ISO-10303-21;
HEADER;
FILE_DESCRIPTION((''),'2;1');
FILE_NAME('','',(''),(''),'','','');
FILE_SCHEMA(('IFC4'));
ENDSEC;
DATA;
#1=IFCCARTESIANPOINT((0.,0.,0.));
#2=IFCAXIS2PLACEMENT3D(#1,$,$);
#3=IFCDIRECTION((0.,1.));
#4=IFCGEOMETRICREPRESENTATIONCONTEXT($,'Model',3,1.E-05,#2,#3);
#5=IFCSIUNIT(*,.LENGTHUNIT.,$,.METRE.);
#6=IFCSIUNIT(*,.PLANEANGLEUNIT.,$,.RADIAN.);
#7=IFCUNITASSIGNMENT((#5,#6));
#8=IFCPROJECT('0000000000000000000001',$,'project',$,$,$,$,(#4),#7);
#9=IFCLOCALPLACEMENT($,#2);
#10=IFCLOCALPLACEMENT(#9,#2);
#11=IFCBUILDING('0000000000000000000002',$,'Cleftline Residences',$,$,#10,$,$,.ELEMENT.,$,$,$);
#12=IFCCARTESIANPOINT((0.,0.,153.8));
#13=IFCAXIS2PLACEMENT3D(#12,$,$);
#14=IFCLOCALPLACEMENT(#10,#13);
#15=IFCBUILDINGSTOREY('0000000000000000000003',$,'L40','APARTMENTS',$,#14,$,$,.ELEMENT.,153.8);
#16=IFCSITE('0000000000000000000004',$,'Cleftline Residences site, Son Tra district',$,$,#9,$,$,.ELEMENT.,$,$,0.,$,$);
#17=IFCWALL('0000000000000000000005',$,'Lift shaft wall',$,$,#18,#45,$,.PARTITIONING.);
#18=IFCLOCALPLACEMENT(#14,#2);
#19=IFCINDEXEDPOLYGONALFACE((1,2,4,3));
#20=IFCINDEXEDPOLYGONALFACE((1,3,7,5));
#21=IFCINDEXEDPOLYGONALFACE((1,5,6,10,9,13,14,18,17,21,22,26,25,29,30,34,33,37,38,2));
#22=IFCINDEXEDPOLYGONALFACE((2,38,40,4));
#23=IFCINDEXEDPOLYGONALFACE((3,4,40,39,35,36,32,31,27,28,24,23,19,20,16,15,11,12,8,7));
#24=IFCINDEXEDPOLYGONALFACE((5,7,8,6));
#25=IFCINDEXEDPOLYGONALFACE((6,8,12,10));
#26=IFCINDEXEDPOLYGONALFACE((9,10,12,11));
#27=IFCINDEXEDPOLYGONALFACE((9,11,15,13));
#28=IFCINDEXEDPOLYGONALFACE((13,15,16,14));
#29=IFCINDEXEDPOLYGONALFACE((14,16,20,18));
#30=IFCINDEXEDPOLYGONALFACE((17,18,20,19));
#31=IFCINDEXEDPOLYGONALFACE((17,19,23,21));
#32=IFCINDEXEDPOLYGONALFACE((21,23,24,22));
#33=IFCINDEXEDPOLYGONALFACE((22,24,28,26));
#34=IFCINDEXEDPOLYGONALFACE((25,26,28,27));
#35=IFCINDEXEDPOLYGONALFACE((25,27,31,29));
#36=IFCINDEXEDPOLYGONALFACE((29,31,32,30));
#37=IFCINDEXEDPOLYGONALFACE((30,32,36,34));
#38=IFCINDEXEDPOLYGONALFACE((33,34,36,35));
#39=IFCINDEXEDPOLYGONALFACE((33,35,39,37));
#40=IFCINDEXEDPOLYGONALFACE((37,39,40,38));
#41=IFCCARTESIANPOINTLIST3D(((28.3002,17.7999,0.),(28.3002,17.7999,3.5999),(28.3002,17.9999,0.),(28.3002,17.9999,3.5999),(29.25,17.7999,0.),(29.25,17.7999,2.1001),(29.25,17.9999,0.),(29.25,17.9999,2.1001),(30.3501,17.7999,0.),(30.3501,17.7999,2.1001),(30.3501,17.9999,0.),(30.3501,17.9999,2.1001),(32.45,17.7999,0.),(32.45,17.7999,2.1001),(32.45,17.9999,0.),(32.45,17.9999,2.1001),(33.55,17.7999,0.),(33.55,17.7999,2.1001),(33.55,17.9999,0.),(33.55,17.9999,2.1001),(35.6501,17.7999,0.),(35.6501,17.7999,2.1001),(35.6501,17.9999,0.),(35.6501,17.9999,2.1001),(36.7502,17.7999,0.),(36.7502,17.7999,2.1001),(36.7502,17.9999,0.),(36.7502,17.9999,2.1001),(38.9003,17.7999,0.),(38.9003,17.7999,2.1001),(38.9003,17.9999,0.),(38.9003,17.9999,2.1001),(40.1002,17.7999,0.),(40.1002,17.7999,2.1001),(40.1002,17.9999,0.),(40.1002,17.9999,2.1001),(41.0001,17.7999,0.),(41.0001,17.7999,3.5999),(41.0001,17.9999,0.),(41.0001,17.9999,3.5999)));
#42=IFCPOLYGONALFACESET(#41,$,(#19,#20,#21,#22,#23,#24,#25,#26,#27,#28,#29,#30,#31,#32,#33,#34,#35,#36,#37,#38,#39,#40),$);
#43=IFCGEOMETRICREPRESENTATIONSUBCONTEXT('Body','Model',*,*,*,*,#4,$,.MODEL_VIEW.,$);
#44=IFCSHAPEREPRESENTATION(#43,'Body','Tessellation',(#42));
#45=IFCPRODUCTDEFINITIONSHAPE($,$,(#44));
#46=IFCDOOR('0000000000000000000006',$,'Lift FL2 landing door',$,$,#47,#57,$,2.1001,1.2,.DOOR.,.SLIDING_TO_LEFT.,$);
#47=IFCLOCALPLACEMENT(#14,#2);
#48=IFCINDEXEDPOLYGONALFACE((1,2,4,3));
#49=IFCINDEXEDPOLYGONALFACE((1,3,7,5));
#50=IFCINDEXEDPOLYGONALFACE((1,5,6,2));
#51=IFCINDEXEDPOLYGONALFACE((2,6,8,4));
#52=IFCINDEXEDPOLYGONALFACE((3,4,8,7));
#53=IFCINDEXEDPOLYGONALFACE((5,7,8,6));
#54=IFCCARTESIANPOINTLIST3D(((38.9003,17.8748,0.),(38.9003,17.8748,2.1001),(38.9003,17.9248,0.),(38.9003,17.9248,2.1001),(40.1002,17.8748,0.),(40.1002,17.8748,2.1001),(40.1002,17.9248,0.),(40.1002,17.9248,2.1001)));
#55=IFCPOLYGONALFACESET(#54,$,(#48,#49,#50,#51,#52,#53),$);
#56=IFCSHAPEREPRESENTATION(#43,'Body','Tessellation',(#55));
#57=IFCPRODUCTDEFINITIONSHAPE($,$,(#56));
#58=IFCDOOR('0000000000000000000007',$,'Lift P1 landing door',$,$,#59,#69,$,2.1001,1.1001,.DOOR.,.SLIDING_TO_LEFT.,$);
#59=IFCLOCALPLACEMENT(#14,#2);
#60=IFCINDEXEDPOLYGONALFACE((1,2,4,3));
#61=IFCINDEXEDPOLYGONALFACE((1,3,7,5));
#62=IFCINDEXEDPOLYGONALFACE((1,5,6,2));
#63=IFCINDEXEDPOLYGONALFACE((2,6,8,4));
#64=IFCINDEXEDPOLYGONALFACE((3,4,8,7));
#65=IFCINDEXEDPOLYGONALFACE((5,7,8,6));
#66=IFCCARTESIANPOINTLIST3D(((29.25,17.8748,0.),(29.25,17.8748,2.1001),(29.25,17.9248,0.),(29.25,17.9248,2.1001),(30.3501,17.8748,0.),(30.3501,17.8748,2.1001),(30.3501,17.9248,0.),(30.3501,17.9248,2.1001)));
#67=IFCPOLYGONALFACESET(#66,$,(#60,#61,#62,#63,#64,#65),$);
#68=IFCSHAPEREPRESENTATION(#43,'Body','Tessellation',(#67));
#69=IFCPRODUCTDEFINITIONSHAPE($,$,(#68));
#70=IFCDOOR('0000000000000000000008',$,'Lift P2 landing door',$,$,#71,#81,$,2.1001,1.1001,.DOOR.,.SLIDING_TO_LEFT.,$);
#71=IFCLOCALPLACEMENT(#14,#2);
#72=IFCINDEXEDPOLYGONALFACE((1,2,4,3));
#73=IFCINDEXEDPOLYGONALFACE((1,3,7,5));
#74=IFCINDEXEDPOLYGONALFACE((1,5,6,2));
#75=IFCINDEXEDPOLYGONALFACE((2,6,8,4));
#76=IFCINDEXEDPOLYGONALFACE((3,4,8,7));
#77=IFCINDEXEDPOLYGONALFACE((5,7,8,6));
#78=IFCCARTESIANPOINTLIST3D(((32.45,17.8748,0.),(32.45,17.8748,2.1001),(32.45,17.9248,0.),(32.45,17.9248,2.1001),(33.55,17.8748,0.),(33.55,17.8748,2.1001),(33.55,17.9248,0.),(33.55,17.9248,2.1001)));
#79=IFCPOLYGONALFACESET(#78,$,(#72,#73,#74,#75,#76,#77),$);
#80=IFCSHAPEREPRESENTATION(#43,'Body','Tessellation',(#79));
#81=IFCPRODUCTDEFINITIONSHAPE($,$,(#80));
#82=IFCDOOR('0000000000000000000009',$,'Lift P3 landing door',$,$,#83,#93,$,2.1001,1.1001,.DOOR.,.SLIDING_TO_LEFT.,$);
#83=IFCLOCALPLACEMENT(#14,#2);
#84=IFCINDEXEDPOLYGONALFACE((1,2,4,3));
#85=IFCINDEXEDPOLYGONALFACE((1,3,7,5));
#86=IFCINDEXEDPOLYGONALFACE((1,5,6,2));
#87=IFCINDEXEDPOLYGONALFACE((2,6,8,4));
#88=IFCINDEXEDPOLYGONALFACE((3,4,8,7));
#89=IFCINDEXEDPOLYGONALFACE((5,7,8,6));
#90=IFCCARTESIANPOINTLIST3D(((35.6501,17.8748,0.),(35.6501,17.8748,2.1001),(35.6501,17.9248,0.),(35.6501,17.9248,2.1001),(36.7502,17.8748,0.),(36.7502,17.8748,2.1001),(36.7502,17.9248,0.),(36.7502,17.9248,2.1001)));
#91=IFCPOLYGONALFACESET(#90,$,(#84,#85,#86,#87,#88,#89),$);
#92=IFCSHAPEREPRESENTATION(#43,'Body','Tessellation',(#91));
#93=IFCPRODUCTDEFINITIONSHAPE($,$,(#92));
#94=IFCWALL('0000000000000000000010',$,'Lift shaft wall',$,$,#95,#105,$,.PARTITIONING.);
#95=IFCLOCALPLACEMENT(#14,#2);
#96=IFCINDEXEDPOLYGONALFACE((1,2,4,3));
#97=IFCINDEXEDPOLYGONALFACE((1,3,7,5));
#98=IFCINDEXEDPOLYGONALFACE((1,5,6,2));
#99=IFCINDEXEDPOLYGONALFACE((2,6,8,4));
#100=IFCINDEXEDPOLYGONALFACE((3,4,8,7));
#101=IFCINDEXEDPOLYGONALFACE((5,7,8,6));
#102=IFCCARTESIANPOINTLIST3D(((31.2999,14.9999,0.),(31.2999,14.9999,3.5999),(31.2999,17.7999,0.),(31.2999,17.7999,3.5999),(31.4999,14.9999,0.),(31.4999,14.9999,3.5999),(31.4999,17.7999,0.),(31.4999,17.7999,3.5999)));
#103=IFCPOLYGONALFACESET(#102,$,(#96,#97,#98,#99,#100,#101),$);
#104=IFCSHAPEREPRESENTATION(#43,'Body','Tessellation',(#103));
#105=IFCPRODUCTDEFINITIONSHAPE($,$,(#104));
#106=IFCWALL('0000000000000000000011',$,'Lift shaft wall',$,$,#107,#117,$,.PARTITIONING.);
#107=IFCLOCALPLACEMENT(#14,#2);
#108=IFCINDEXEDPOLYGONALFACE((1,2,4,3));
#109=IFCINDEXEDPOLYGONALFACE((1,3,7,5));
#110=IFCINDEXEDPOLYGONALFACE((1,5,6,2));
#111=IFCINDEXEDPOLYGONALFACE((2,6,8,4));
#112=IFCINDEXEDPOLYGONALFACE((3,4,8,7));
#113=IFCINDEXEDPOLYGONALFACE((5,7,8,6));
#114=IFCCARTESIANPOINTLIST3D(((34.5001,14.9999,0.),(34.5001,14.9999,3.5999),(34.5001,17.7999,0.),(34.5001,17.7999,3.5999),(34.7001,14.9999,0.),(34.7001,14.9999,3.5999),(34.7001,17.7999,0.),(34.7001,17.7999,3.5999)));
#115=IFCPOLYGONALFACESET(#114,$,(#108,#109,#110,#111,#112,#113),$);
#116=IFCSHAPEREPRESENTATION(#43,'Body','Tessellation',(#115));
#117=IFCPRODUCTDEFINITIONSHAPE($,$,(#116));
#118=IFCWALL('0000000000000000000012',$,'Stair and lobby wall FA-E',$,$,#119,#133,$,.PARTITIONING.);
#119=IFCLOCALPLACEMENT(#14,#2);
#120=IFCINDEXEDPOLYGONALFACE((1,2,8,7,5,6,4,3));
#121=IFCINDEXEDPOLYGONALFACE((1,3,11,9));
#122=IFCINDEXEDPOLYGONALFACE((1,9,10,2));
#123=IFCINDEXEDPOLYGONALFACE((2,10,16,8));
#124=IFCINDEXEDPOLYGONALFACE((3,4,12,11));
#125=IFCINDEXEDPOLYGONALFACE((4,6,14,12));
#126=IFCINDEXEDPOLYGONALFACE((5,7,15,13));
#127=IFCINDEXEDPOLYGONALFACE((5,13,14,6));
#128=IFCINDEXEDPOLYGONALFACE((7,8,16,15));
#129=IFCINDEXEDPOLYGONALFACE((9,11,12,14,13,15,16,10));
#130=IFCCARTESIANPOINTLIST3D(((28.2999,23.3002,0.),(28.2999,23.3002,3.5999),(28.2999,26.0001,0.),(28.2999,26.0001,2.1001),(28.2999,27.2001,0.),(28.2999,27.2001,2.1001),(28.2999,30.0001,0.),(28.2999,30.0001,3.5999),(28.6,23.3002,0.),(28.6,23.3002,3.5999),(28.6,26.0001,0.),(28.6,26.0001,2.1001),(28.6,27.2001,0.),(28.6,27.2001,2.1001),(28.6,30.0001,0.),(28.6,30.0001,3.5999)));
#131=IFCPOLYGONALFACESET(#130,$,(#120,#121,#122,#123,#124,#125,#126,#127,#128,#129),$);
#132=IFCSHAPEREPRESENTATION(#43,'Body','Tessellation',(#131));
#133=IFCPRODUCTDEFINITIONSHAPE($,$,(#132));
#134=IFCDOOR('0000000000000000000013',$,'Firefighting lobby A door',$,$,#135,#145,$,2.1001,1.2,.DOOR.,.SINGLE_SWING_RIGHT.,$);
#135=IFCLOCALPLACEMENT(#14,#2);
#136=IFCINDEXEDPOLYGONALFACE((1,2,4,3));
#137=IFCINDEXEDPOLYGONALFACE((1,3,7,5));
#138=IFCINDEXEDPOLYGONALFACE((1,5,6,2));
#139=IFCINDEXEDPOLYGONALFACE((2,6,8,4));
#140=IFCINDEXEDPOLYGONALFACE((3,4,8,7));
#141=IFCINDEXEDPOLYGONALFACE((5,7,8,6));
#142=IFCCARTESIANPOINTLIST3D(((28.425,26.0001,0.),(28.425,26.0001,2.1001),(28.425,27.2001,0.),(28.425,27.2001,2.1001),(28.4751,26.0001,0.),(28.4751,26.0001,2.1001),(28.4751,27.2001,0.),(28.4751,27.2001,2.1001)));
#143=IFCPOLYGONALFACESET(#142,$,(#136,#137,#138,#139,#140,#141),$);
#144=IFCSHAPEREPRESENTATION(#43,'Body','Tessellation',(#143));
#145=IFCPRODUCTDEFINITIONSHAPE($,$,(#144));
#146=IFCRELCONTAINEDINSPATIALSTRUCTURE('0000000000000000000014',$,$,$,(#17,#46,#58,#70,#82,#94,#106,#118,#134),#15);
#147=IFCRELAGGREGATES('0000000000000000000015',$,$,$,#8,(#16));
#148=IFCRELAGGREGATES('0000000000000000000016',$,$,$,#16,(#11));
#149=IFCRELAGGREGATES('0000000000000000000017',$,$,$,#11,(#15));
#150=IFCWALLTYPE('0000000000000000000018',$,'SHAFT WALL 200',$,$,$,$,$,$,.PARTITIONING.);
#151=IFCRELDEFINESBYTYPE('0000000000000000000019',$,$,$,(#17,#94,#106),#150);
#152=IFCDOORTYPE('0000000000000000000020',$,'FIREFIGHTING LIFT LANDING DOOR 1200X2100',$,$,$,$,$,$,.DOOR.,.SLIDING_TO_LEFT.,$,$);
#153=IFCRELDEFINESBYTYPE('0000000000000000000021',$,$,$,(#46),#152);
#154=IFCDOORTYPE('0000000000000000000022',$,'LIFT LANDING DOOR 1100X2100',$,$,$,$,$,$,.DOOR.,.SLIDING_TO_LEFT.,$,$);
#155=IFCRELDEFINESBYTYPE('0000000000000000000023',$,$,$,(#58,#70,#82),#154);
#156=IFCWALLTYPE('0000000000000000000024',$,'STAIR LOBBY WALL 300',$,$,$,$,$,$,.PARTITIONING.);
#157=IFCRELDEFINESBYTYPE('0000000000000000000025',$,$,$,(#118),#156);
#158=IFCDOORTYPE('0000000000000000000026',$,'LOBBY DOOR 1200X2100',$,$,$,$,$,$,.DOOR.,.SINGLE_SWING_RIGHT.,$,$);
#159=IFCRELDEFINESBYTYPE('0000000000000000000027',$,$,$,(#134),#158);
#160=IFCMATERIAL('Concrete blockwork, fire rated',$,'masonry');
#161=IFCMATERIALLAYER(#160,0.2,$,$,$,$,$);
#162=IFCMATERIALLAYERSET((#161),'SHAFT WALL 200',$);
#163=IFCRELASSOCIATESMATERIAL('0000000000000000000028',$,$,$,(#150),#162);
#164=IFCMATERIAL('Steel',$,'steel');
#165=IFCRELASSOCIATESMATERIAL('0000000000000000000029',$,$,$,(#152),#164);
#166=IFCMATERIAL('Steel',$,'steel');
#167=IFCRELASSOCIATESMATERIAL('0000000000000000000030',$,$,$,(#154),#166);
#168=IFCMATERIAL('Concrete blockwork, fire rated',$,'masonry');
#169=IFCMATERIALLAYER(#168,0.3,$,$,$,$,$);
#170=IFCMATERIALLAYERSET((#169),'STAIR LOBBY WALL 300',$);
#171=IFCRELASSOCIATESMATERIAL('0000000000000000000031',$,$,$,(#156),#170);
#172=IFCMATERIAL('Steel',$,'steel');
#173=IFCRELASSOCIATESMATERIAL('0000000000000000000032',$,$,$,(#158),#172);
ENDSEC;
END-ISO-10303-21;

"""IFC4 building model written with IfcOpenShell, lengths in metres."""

from ifc_helpers import new_model, si_unit, direction, frame, frame_2d, origin, place, context, subcontext, project, spatial, rectangle, extrude, material, layer, layer_set, type_object, element, fill, save


model = new_model("IFC4")

# Units and contexts
model_context = context("Model", 3, precision=1e-05, world=origin(), true_north=direction((0.0, 1.0)))
body_context = subcontext(model_context, "Body", "Model", "MODEL_VIEW")
ifc_project = project(units=[si_unit("LENGTHUNIT", "METRE"), si_unit("PLANEANGLEUNIT", "RADIAN")], contexts=[model_context])

# Site, building, storey
site_placement = place(None, origin())
site = spatial("IfcSite", under=ifc_project, at=site_placement, Name="Cleftline Residences site, Son Tra district", CompositionType="ELEMENT", RefElevation=0.0)
building_placement = place(site_placement, origin())
building = spatial("IfcBuilding", under=site, at=building_placement, Name="Cleftline Residences", CompositionType="ELEMENT")
storey_placement = place(building_placement, frame((0.0, 0.0, 153.8)))
storey = spatial("IfcBuildingStorey", under=building, at=storey_placement, Name="L40", Description="APARTMENTS", CompositionType="ELEMENT", Elevation=153.8)

# Wall, openings, doors
ifc_material_1 = material(Name="Concrete blockwork, fire rated", Category="masonry")
ifc_layer_1 = layer(ifc_material_1, 0.2)
ifc_layer_set_1 = layer_set([ifc_layer_1], Name="SHAFT WALL 200")
wall_type_1 = type_object("IfcWallType", Name="SHAFT WALL 200", PredefinedType="PARTITIONING", material=ifc_layer_set_1)
wall_1_placement = place(storey_placement, frame((28.3, 17.8999, 0.0), z_axis=(0.0, 0.0, 1.0), x_axis=(1.0, 0.0, 0.0)))
wall_1 = element("IfcWall", 1, at=wall_1_placement, inside=storey, type_object=wall_type_1, Name="Lift shaft wall", PredefinedType="PARTITIONING", context=body_context, shape_type="SweptSolid", body=[
    extrude(rectangle(XDim=12.7, YDim=0.2, at=frame_2d((6.3501, 0.0))), origin(), (0.0, 0.0, 1.0), 3.5999),
])
opening_1_placement = place(wall_1_placement, frame((0.95, 0.0, 0.0)))
opening_1 = element("IfcOpeningElement", 2, at=opening_1_placement, cuts=wall_1, PredefinedType="OPENING", context=body_context, shape_type="SweptSolid", body=[
    extrude(rectangle(XDim=1.1001, YDim=2.1001, at=frame_2d((0.55, 1.05))), frame((0.0, 0.1099, 0.0), z_axis=(0.0, -1.0, 0.0), x_axis=(1.0, 0.0, 0.0)), (0.0, 0.0, 1.0), 0.22),
])
opening_2_placement = place(wall_1_placement, frame((4.1499, 0.0, 0.0)))
opening_2 = element("IfcOpeningElement", 3, at=opening_2_placement, cuts=wall_1, PredefinedType="OPENING", context=body_context, shape_type="SweptSolid", body=[
    extrude(rectangle(XDim=1.1001, YDim=2.1001, at=frame_2d((0.55, 1.05))), frame((0.0, 0.1099, 0.0), z_axis=(0.0, -1.0, 0.0), x_axis=(1.0, 0.0, 0.0)), (0.0, 0.0, 1.0), 0.22),
])
opening_3_placement = place(wall_1_placement, frame((7.3501, 0.0, 0.0)))
opening_3 = element("IfcOpeningElement", 4, at=opening_3_placement, cuts=wall_1, PredefinedType="OPENING", context=body_context, shape_type="SweptSolid", body=[
    extrude(rectangle(XDim=1.1001, YDim=2.1001, at=frame_2d((0.55, 1.05))), frame((0.0, 0.1099, 0.0), z_axis=(0.0, -1.0, 0.0), x_axis=(1.0, 0.0, 0.0)), (0.0, 0.0, 1.0), 0.22),
])
opening_4_placement = place(wall_1_placement, frame((10.6001, 0.0, 0.0)))
opening_4 = element("IfcOpeningElement", 5, at=opening_4_placement, cuts=wall_1, PredefinedType="OPENING", context=body_context, shape_type="SweptSolid", body=[
    extrude(rectangle(XDim=1.2, YDim=2.1001, at=frame_2d((0.6001, 1.05))), frame((0.0, 0.1099, 0.0), z_axis=(0.0, -1.0, 0.0), x_axis=(1.0, 0.0, 0.0)), (0.0, 0.0, 1.0), 0.22),
])
ifc_material_2 = material(Name="Steel", Category="steel")
door_type_1 = type_object("IfcDoorType", Name="FIREFIGHTING LIFT LANDING DOOR 1200X2100", OperationType="SLIDING_TO_LEFT", PredefinedType="DOOR", material=ifc_material_2)
door_1_placement = place(opening_4_placement, origin())
door_1 = element("IfcDoor", 6, at=door_1_placement, inside=storey, type_object=door_type_1, Name="Lift FL2 landing door", OperationType="SLIDING_TO_LEFT", OverallHeight=2.1001, OverallWidth=1.2, PredefinedType="DOOR", context=body_context, shape_type="SweptSolid", body=[
    extrude(rectangle(XDim=1.2, YDim=2.1001, at=frame_2d((0.6001, 1.05))), frame((0.0, 0.0249, 0.0), z_axis=(0.0, -1.0, 0.0), x_axis=(1.0, 0.0, 0.0)), (0.0, 0.0, 1.0), 0.05),
])
fill(opening_4, door_1)
ifc_material_3 = material(Name="Steel", Category="steel")
door_type_2 = type_object("IfcDoorType", Name="LIFT LANDING DOOR 1100X2100", OperationType="SLIDING_TO_LEFT", PredefinedType="DOOR", material=ifc_material_3)
door_2_placement = place(opening_1_placement, origin())
door_2 = element("IfcDoor", 7, at=door_2_placement, inside=storey, type_object=door_type_2, Name="Lift P1 landing door", OperationType="SLIDING_TO_LEFT", OverallHeight=2.1001, OverallWidth=1.1001, PredefinedType="DOOR", context=body_context, shape_type="SweptSolid", body=[
    extrude(rectangle(XDim=1.1001, YDim=2.1001, at=frame_2d((0.55, 1.05))), frame((0.0, 0.0249, 0.0), z_axis=(0.0, -1.0, 0.0), x_axis=(1.0, 0.0, 0.0)), (0.0, 0.0, 1.0), 0.05),
])
fill(opening_1, door_2)
door_3_placement = place(opening_2_placement, origin())
door_3 = element("IfcDoor", 8, at=door_3_placement, inside=storey, type_object=door_type_2, Name="Lift P2 landing door", OperationType="SLIDING_TO_LEFT", OverallHeight=2.1001, OverallWidth=1.1001, PredefinedType="DOOR", context=body_context, shape_type="SweptSolid", body=[
    extrude(rectangle(XDim=1.1001, YDim=2.1001, at=frame_2d((0.55, 1.05))), frame((0.0, 0.0249, 0.0), z_axis=(0.0, -1.0, 0.0), x_axis=(1.0, 0.0, 0.0)), (0.0, 0.0, 1.0), 0.05),
])
fill(opening_2, door_3)
door_4_placement = place(opening_3_placement, origin())
door_4 = element("IfcDoor", 9, at=door_4_placement, inside=storey, type_object=door_type_2, Name="Lift P3 landing door", OperationType="SLIDING_TO_LEFT", OverallHeight=2.1001, OverallWidth=1.1001, PredefinedType="DOOR", context=body_context, shape_type="SweptSolid", body=[
    extrude(rectangle(XDim=1.1001, YDim=2.1001, at=frame_2d((0.55, 1.05))), frame((0.0, 0.0249, 0.0), z_axis=(0.0, -1.0, 0.0), x_axis=(1.0, 0.0, 0.0)), (0.0, 0.0, 1.0), 0.05),
])
fill(opening_3, door_4)

# Walls
for number, where, z_axis, x_axis, name in (
    (10, (31.3999, 15.0, 0.0), (0.0, 0.0, 1.0), (0.0, 1.0, 0.0), "Lift shaft wall"),
    (11, (34.6001, 15.0, 0.0), (0.0, 0.0, 1.0), (0.0, 1.0, 0.0), "Lift shaft wall"),
):
    element("IfcWall", number, at=place(storey_placement, frame(where, z_axis=z_axis, x_axis=x_axis)), inside=storey, type_object=wall_type_1, Name=name, PredefinedType="PARTITIONING", context=body_context, shape_type="SweptSolid", body=[
        extrude(rectangle(XDim=2.8, YDim=0.2, at=frame_2d((1.3999, 0.0))), origin(), (0.0, 0.0, 1.0), 3.5999),
    ])

# Wall, opening, door
ifc_material_4 = material(Name="Concrete blockwork, fire rated", Category="masonry")
ifc_layer_2 = layer(ifc_material_4, 0.3)
ifc_layer_set_2 = layer_set([ifc_layer_2], Name="STAIR LOBBY WALL 300")
wall_type_2 = type_object("IfcWallType", Name="STAIR LOBBY WALL 300", PredefinedType="PARTITIONING", material=ifc_layer_set_2)
wall_2_placement = place(storey_placement, frame((28.45, 23.3, 0.0), z_axis=(0.0, 0.0, 1.0), x_axis=(0.0, 1.0, 0.0)))
wall_2 = element("IfcWall", 12, at=wall_2_placement, inside=storey, type_object=wall_type_2, Name="Stair and lobby wall FA-E", PredefinedType="PARTITIONING", context=body_context, shape_type="SweptSolid", body=[
    extrude(rectangle(XDim=6.7, YDim=0.3, at=frame_2d((3.3501, 0.0))), origin(), (0.0, 0.0, 1.0), 3.5999),
])
opening_5_placement = place(wall_2_placement, frame((2.7, 0.0, 0.0)))
opening_5 = element("IfcOpeningElement", 13, at=opening_5_placement, cuts=wall_2, PredefinedType="OPENING", context=body_context, shape_type="SweptSolid", body=[
    extrude(rectangle(XDim=1.2, YDim=2.1001, at=frame_2d((0.6001, 1.05))), frame((0.0, 0.1599, 0.0), z_axis=(0.0, -1.0, 0.0), x_axis=(1.0, 0.0, 0.0)), (0.0, 0.0, 1.0), 0.3201),
])
ifc_material_5 = material(Name="Steel", Category="steel")
door_type_3 = type_object("IfcDoorType", Name="LOBBY DOOR 1200X2100", OperationType="SINGLE_SWING_RIGHT", PredefinedType="DOOR", material=ifc_material_5)
door_5_placement = place(opening_5_placement, origin())
door_5 = element("IfcDoor", 14, at=door_5_placement, inside=storey, type_object=door_type_3, Name="Firefighting lobby A door", OperationType="SINGLE_SWING_RIGHT", OverallHeight=2.1001, OverallWidth=1.2, PredefinedType="DOOR", context=body_context, shape_type="SweptSolid", body=[
    extrude(rectangle(XDim=1.2, YDim=2.1001, at=frame_2d((0.6001, 1.05))), frame((0.0, 0.0249, 0.0), z_axis=(0.0, -1.0, 0.0), x_axis=(1.0, 0.0, 0.0)), (0.0, 0.0, 1.0), 0.05),
])
fill(opening_5, door_5)

save(model, "model.ifc")
